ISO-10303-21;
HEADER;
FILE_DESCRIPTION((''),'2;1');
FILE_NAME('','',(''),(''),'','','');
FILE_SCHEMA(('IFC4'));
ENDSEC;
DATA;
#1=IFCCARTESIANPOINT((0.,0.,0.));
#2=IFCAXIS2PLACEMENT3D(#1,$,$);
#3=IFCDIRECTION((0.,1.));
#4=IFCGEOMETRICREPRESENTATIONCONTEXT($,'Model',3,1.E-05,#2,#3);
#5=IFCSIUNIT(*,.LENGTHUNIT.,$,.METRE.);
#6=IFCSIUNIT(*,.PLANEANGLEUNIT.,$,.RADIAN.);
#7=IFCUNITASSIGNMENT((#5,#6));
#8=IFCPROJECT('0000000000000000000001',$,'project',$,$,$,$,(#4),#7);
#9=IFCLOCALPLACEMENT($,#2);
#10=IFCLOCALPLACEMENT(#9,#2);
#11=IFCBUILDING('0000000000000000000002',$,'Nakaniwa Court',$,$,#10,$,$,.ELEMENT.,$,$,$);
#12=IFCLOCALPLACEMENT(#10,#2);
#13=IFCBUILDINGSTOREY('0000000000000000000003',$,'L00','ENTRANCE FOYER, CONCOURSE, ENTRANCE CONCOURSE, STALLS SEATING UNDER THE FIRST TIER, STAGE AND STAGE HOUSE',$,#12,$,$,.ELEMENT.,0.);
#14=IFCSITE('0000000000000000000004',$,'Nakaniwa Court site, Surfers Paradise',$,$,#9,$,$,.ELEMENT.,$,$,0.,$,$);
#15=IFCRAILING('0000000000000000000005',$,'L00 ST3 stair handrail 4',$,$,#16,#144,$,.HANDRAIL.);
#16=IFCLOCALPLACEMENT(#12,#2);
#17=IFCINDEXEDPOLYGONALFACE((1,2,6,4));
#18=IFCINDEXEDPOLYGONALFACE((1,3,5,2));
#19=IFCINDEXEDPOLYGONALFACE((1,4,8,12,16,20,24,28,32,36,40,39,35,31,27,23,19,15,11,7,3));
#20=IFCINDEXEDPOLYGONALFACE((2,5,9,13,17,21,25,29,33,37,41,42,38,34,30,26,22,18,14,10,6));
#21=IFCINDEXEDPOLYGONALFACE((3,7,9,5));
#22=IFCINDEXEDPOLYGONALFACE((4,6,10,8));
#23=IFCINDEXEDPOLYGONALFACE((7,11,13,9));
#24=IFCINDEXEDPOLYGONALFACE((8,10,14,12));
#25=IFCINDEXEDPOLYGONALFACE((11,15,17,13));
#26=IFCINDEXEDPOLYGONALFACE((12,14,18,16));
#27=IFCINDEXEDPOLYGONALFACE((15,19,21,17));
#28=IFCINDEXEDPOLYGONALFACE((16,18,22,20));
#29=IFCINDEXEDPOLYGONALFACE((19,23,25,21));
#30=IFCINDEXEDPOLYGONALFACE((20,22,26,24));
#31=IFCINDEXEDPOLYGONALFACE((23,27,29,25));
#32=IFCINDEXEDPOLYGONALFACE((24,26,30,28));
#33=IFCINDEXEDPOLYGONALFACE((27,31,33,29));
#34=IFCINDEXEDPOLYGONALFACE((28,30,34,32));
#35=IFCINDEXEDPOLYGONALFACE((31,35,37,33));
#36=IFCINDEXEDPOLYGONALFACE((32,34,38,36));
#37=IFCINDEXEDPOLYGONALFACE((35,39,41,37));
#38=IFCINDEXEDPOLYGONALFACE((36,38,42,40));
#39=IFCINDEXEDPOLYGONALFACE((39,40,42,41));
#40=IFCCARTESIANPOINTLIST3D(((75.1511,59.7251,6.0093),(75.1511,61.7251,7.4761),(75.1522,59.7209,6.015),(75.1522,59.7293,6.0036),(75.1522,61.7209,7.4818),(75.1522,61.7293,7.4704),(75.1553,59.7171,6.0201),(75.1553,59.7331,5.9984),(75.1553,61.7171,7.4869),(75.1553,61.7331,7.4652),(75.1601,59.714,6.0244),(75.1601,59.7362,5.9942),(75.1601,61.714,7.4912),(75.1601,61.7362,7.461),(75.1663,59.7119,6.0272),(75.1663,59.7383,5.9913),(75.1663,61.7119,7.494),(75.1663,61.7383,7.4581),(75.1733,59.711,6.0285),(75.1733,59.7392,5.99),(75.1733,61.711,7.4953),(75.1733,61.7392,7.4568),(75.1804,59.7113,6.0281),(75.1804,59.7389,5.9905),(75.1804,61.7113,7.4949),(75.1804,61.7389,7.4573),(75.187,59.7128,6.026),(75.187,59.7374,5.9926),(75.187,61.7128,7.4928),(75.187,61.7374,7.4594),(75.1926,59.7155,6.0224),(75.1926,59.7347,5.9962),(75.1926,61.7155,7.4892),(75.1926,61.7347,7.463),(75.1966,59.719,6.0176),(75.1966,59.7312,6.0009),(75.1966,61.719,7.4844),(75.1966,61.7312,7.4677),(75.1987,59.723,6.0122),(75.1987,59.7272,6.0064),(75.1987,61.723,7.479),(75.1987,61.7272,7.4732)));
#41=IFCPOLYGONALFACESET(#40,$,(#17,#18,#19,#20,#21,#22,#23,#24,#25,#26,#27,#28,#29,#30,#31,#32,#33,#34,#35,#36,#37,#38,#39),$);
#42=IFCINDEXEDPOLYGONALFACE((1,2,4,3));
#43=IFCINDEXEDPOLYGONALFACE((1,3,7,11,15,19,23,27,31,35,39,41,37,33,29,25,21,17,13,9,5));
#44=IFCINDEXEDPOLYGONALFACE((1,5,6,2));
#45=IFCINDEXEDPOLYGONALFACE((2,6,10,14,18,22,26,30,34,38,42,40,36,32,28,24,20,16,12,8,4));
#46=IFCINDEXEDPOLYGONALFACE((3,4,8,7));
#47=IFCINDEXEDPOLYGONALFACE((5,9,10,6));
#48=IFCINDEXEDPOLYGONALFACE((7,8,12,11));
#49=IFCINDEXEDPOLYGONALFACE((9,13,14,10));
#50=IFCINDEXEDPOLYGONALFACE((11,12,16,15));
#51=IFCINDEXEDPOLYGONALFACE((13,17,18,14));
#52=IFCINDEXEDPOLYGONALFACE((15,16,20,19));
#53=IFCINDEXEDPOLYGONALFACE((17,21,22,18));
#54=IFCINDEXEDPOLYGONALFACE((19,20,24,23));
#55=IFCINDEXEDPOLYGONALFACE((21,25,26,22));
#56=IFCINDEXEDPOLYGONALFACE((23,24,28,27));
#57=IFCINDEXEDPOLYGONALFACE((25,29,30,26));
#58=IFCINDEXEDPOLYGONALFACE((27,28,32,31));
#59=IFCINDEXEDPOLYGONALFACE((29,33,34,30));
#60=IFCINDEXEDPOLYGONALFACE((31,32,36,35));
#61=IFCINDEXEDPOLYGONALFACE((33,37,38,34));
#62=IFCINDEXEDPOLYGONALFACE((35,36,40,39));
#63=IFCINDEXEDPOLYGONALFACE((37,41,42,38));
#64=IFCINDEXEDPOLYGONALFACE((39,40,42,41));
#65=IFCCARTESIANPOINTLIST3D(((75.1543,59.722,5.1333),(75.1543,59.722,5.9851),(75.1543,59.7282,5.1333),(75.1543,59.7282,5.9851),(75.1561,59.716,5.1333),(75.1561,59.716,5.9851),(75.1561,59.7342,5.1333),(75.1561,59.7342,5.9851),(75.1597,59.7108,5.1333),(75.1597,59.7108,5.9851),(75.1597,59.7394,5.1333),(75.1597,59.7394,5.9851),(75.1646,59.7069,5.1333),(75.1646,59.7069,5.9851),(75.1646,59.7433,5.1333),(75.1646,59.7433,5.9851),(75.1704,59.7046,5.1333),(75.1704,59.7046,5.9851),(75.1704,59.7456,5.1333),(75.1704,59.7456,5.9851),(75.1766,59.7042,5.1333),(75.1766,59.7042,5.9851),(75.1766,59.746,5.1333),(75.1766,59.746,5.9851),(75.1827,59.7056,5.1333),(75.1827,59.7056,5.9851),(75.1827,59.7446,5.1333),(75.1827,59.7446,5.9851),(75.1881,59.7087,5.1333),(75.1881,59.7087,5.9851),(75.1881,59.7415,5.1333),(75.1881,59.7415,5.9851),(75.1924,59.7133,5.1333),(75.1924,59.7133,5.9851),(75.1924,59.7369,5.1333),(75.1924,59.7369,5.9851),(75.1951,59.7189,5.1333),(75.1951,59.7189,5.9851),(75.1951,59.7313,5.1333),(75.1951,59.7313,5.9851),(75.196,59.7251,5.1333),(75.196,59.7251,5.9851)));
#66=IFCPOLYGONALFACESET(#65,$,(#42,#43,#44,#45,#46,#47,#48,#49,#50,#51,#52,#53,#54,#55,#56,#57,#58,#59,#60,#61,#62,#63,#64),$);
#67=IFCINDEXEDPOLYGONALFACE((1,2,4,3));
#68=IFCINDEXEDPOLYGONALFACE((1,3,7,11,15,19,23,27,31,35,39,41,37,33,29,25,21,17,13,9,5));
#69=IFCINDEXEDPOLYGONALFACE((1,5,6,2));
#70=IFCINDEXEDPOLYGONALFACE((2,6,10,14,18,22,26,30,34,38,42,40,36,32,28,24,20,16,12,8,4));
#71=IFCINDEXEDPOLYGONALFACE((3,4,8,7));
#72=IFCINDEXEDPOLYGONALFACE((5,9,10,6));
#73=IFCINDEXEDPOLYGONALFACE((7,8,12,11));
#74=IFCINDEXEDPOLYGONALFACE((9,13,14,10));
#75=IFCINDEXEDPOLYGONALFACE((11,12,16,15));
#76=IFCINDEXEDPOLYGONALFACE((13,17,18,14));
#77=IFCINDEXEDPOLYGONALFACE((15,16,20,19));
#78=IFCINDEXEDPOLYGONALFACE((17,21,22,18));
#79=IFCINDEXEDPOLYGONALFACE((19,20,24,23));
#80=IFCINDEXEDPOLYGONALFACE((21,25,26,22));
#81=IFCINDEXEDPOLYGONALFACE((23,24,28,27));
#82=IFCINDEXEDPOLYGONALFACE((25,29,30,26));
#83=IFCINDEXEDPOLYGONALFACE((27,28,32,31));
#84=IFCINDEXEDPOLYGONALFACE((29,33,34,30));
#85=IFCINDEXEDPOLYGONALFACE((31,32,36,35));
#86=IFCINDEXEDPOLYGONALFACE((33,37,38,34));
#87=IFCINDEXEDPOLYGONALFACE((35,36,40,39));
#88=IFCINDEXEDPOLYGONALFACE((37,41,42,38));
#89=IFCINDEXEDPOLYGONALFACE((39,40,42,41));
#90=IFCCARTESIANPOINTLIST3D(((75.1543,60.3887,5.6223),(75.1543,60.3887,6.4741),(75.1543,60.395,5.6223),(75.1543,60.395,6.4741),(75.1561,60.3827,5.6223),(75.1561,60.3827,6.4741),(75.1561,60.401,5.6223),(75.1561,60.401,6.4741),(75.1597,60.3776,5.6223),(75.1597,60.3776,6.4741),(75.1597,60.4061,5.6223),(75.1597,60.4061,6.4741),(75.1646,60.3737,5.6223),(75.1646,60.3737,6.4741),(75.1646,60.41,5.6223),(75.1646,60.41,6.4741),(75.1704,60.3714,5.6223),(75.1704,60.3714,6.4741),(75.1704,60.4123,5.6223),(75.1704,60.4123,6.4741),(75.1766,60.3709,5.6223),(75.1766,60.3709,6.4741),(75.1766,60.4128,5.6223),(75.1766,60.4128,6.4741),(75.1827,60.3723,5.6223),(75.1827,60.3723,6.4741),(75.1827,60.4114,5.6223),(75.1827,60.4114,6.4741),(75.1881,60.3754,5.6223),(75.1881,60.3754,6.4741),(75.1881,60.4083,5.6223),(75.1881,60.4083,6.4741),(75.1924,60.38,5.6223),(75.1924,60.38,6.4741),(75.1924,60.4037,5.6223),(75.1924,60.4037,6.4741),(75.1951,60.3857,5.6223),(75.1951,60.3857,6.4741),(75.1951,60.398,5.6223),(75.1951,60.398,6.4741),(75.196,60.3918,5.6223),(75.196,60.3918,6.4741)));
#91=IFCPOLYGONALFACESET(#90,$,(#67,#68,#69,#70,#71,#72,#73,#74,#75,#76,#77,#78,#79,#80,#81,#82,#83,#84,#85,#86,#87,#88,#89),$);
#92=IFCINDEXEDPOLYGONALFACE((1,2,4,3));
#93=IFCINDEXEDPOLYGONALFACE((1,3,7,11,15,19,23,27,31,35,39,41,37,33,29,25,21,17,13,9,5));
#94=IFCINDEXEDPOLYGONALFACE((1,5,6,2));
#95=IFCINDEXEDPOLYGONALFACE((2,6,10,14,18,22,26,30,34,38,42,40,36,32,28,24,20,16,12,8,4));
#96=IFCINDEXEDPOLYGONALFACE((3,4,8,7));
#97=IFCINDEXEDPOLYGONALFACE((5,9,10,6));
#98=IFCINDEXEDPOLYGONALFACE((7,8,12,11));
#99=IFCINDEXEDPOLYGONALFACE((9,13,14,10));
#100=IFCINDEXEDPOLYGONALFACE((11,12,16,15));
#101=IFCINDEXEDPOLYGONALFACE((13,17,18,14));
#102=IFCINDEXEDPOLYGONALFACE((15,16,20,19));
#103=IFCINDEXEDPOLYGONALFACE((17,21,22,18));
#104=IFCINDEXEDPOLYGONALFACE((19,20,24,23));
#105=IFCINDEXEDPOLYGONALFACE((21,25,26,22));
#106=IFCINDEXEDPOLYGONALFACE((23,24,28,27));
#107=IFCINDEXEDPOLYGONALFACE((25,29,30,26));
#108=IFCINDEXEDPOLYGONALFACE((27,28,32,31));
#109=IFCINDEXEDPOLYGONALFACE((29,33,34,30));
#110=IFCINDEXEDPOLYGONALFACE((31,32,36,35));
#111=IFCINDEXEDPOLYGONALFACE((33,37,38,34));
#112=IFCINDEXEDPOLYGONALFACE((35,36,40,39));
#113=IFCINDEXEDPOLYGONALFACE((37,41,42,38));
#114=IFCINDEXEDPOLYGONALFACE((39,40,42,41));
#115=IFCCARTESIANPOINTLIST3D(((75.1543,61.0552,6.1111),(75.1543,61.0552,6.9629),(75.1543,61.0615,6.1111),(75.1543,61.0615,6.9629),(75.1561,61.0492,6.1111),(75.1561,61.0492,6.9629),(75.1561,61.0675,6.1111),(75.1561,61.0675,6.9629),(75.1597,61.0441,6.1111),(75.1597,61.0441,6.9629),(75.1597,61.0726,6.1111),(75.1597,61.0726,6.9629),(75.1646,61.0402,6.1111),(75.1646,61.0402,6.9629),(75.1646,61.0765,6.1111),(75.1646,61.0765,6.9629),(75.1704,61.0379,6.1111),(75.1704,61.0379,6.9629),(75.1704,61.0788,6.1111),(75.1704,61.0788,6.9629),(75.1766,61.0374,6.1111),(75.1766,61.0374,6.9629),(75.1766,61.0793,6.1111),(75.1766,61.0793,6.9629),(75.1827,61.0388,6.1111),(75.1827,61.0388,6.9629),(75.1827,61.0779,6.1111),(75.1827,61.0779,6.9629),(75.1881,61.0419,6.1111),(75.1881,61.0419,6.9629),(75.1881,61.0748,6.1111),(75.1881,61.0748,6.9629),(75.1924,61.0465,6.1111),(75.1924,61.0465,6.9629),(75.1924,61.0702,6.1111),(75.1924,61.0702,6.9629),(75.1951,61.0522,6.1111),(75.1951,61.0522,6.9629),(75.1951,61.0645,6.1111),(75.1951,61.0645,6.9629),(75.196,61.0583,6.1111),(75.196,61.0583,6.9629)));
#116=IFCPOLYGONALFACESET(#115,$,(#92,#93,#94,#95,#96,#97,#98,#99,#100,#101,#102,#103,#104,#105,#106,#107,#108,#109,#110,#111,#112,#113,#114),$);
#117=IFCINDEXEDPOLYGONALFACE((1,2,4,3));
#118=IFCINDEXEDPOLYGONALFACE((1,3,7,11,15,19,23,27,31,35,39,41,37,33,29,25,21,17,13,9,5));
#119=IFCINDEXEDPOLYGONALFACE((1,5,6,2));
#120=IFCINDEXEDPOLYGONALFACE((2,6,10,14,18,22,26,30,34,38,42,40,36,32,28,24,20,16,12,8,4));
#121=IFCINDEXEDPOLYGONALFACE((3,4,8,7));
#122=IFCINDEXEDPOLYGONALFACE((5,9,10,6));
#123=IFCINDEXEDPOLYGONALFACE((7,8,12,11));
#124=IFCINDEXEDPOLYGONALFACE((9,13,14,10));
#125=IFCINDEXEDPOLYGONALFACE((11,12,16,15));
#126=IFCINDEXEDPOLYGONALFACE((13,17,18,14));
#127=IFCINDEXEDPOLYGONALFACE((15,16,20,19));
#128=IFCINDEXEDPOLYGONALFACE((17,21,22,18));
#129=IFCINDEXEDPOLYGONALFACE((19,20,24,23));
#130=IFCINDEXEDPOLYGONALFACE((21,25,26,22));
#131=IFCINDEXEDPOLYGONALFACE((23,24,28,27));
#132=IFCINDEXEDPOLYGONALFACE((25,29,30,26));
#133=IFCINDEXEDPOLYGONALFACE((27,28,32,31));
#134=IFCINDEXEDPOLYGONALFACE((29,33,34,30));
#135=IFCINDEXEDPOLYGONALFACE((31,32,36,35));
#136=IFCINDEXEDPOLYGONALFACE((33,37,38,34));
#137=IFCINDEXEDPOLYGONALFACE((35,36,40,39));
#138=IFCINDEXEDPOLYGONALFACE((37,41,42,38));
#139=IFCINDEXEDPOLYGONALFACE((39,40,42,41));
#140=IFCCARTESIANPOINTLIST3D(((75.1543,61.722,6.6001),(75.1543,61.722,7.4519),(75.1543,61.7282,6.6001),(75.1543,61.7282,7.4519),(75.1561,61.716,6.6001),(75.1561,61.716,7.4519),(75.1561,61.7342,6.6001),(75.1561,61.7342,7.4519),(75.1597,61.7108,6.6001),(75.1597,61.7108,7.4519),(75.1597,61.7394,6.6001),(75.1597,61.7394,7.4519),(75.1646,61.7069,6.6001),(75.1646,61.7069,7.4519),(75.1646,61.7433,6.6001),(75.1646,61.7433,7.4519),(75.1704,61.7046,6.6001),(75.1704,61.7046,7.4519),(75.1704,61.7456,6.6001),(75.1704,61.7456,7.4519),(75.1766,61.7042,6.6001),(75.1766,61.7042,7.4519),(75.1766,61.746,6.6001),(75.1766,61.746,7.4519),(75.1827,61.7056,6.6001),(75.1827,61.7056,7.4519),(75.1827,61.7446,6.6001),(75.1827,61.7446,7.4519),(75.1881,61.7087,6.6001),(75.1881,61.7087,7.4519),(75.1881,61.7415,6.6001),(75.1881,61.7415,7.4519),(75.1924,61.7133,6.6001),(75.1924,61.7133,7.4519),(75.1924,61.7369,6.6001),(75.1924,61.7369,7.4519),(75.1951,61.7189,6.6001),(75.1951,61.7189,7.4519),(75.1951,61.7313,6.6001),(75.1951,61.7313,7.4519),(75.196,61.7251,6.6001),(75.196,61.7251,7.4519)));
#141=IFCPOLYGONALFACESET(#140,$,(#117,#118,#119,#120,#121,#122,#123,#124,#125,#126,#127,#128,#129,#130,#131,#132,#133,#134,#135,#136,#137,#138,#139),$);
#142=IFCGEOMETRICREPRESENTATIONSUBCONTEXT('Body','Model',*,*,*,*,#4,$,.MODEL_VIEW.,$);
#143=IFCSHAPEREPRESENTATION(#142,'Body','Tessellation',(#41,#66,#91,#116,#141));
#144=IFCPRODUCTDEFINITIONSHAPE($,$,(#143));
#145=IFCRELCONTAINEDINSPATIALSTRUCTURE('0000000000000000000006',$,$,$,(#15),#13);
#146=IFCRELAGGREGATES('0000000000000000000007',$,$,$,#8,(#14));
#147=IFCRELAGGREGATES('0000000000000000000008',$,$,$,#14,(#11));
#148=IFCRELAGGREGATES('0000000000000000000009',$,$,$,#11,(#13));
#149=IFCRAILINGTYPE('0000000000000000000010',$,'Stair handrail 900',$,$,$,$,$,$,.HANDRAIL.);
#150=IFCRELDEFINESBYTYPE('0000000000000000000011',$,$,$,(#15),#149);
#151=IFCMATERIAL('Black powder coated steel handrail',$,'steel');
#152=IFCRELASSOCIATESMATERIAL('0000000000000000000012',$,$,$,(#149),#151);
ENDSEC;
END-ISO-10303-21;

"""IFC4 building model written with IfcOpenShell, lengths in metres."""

from ifc_helpers import new_model, si_unit, direction, frame, origin, origin_2d, place, context, subcontext, project, spatial, circle, extrude, material, type_object, element, save


model = new_model("IFC4")

# Units and contexts
model_context = context("Model", 3, precision=1e-05, world=origin(), true_north=direction((0.0, 1.0)))
body_context = subcontext(model_context, "Body", "Model", "MODEL_VIEW")
ifc_project = project(units=[si_unit("LENGTHUNIT", "METRE"), si_unit("PLANEANGLEUNIT", "RADIAN")], contexts=[model_context])

# Site, building, storey
site_placement = place(None, origin())
site = spatial("IfcSite", under=ifc_project, at=site_placement, Name="Nakaniwa Court site, Surfers Paradise", CompositionType="ELEMENT", RefElevation=0.0)
building_placement = place(site_placement, origin())
building = spatial("IfcBuilding", under=site, at=building_placement, Name="Nakaniwa Court", CompositionType="ELEMENT")
storey_placement = place(building_placement, origin())
storey = spatial("IfcBuildingStorey", under=building, at=storey_placement, Name="L00", Description="ENTRANCE FOYER, CONCOURSE, ENTRANCE CONCOURSE, STALLS SEATING UNDER THE FIRST TIER, STAGE AND STAGE HOUSE", CompositionType="ELEMENT", Elevation=0.0)

# Railing
ifc_material_1 = material(Name="Black powder coated steel handrail", Category="steel")
railing_type_1 = type_object("IfcRailingType", Name="Stair handrail 900", PredefinedType="HANDRAIL", material=ifc_material_1)
for number, where, name in (
    (1, (75.175, 59.7251, 5.1333), "L00 ST3 stair handrail 4"),
):
    element("IfcRailing", number, at=place(storey_placement, frame(where)), inside=storey, type_object=railing_type_1, Name=name, PredefinedType="HANDRAIL", context=body_context, shape_type="SweptSolid", body=[
        extrude(circle(Radius=0.0239, at=origin_2d()), frame((0.0, 0.0, 0.876), z_axis=(0.0, 0.80638, 0.591398), x_axis=(-1.0, 0.0, 0.0)), (0.0, 0.0, 1.0), 2.4802),
        extrude(circle(Radius=0.021, at=origin_2d()), origin(), (0.0, 0.0, 1.0), 0.8518),
        extrude(circle(Radius=0.021, at=origin_2d()), frame((0.0, 0.6667, 0.489)), (0.0, 0.0, 1.0), 0.8518),
        extrude(circle(Radius=0.021, at=origin_2d()), frame((0.0, 1.3333, 0.9778)), (0.0, 0.0, 1.0), 0.8518),
        extrude(circle(Radius=0.021, at=origin_2d()), frame((0.0, 2.0, 1.4668)), (0.0, 0.0, 1.0), 0.8518),
    ])

save(model, "model.ifc")
